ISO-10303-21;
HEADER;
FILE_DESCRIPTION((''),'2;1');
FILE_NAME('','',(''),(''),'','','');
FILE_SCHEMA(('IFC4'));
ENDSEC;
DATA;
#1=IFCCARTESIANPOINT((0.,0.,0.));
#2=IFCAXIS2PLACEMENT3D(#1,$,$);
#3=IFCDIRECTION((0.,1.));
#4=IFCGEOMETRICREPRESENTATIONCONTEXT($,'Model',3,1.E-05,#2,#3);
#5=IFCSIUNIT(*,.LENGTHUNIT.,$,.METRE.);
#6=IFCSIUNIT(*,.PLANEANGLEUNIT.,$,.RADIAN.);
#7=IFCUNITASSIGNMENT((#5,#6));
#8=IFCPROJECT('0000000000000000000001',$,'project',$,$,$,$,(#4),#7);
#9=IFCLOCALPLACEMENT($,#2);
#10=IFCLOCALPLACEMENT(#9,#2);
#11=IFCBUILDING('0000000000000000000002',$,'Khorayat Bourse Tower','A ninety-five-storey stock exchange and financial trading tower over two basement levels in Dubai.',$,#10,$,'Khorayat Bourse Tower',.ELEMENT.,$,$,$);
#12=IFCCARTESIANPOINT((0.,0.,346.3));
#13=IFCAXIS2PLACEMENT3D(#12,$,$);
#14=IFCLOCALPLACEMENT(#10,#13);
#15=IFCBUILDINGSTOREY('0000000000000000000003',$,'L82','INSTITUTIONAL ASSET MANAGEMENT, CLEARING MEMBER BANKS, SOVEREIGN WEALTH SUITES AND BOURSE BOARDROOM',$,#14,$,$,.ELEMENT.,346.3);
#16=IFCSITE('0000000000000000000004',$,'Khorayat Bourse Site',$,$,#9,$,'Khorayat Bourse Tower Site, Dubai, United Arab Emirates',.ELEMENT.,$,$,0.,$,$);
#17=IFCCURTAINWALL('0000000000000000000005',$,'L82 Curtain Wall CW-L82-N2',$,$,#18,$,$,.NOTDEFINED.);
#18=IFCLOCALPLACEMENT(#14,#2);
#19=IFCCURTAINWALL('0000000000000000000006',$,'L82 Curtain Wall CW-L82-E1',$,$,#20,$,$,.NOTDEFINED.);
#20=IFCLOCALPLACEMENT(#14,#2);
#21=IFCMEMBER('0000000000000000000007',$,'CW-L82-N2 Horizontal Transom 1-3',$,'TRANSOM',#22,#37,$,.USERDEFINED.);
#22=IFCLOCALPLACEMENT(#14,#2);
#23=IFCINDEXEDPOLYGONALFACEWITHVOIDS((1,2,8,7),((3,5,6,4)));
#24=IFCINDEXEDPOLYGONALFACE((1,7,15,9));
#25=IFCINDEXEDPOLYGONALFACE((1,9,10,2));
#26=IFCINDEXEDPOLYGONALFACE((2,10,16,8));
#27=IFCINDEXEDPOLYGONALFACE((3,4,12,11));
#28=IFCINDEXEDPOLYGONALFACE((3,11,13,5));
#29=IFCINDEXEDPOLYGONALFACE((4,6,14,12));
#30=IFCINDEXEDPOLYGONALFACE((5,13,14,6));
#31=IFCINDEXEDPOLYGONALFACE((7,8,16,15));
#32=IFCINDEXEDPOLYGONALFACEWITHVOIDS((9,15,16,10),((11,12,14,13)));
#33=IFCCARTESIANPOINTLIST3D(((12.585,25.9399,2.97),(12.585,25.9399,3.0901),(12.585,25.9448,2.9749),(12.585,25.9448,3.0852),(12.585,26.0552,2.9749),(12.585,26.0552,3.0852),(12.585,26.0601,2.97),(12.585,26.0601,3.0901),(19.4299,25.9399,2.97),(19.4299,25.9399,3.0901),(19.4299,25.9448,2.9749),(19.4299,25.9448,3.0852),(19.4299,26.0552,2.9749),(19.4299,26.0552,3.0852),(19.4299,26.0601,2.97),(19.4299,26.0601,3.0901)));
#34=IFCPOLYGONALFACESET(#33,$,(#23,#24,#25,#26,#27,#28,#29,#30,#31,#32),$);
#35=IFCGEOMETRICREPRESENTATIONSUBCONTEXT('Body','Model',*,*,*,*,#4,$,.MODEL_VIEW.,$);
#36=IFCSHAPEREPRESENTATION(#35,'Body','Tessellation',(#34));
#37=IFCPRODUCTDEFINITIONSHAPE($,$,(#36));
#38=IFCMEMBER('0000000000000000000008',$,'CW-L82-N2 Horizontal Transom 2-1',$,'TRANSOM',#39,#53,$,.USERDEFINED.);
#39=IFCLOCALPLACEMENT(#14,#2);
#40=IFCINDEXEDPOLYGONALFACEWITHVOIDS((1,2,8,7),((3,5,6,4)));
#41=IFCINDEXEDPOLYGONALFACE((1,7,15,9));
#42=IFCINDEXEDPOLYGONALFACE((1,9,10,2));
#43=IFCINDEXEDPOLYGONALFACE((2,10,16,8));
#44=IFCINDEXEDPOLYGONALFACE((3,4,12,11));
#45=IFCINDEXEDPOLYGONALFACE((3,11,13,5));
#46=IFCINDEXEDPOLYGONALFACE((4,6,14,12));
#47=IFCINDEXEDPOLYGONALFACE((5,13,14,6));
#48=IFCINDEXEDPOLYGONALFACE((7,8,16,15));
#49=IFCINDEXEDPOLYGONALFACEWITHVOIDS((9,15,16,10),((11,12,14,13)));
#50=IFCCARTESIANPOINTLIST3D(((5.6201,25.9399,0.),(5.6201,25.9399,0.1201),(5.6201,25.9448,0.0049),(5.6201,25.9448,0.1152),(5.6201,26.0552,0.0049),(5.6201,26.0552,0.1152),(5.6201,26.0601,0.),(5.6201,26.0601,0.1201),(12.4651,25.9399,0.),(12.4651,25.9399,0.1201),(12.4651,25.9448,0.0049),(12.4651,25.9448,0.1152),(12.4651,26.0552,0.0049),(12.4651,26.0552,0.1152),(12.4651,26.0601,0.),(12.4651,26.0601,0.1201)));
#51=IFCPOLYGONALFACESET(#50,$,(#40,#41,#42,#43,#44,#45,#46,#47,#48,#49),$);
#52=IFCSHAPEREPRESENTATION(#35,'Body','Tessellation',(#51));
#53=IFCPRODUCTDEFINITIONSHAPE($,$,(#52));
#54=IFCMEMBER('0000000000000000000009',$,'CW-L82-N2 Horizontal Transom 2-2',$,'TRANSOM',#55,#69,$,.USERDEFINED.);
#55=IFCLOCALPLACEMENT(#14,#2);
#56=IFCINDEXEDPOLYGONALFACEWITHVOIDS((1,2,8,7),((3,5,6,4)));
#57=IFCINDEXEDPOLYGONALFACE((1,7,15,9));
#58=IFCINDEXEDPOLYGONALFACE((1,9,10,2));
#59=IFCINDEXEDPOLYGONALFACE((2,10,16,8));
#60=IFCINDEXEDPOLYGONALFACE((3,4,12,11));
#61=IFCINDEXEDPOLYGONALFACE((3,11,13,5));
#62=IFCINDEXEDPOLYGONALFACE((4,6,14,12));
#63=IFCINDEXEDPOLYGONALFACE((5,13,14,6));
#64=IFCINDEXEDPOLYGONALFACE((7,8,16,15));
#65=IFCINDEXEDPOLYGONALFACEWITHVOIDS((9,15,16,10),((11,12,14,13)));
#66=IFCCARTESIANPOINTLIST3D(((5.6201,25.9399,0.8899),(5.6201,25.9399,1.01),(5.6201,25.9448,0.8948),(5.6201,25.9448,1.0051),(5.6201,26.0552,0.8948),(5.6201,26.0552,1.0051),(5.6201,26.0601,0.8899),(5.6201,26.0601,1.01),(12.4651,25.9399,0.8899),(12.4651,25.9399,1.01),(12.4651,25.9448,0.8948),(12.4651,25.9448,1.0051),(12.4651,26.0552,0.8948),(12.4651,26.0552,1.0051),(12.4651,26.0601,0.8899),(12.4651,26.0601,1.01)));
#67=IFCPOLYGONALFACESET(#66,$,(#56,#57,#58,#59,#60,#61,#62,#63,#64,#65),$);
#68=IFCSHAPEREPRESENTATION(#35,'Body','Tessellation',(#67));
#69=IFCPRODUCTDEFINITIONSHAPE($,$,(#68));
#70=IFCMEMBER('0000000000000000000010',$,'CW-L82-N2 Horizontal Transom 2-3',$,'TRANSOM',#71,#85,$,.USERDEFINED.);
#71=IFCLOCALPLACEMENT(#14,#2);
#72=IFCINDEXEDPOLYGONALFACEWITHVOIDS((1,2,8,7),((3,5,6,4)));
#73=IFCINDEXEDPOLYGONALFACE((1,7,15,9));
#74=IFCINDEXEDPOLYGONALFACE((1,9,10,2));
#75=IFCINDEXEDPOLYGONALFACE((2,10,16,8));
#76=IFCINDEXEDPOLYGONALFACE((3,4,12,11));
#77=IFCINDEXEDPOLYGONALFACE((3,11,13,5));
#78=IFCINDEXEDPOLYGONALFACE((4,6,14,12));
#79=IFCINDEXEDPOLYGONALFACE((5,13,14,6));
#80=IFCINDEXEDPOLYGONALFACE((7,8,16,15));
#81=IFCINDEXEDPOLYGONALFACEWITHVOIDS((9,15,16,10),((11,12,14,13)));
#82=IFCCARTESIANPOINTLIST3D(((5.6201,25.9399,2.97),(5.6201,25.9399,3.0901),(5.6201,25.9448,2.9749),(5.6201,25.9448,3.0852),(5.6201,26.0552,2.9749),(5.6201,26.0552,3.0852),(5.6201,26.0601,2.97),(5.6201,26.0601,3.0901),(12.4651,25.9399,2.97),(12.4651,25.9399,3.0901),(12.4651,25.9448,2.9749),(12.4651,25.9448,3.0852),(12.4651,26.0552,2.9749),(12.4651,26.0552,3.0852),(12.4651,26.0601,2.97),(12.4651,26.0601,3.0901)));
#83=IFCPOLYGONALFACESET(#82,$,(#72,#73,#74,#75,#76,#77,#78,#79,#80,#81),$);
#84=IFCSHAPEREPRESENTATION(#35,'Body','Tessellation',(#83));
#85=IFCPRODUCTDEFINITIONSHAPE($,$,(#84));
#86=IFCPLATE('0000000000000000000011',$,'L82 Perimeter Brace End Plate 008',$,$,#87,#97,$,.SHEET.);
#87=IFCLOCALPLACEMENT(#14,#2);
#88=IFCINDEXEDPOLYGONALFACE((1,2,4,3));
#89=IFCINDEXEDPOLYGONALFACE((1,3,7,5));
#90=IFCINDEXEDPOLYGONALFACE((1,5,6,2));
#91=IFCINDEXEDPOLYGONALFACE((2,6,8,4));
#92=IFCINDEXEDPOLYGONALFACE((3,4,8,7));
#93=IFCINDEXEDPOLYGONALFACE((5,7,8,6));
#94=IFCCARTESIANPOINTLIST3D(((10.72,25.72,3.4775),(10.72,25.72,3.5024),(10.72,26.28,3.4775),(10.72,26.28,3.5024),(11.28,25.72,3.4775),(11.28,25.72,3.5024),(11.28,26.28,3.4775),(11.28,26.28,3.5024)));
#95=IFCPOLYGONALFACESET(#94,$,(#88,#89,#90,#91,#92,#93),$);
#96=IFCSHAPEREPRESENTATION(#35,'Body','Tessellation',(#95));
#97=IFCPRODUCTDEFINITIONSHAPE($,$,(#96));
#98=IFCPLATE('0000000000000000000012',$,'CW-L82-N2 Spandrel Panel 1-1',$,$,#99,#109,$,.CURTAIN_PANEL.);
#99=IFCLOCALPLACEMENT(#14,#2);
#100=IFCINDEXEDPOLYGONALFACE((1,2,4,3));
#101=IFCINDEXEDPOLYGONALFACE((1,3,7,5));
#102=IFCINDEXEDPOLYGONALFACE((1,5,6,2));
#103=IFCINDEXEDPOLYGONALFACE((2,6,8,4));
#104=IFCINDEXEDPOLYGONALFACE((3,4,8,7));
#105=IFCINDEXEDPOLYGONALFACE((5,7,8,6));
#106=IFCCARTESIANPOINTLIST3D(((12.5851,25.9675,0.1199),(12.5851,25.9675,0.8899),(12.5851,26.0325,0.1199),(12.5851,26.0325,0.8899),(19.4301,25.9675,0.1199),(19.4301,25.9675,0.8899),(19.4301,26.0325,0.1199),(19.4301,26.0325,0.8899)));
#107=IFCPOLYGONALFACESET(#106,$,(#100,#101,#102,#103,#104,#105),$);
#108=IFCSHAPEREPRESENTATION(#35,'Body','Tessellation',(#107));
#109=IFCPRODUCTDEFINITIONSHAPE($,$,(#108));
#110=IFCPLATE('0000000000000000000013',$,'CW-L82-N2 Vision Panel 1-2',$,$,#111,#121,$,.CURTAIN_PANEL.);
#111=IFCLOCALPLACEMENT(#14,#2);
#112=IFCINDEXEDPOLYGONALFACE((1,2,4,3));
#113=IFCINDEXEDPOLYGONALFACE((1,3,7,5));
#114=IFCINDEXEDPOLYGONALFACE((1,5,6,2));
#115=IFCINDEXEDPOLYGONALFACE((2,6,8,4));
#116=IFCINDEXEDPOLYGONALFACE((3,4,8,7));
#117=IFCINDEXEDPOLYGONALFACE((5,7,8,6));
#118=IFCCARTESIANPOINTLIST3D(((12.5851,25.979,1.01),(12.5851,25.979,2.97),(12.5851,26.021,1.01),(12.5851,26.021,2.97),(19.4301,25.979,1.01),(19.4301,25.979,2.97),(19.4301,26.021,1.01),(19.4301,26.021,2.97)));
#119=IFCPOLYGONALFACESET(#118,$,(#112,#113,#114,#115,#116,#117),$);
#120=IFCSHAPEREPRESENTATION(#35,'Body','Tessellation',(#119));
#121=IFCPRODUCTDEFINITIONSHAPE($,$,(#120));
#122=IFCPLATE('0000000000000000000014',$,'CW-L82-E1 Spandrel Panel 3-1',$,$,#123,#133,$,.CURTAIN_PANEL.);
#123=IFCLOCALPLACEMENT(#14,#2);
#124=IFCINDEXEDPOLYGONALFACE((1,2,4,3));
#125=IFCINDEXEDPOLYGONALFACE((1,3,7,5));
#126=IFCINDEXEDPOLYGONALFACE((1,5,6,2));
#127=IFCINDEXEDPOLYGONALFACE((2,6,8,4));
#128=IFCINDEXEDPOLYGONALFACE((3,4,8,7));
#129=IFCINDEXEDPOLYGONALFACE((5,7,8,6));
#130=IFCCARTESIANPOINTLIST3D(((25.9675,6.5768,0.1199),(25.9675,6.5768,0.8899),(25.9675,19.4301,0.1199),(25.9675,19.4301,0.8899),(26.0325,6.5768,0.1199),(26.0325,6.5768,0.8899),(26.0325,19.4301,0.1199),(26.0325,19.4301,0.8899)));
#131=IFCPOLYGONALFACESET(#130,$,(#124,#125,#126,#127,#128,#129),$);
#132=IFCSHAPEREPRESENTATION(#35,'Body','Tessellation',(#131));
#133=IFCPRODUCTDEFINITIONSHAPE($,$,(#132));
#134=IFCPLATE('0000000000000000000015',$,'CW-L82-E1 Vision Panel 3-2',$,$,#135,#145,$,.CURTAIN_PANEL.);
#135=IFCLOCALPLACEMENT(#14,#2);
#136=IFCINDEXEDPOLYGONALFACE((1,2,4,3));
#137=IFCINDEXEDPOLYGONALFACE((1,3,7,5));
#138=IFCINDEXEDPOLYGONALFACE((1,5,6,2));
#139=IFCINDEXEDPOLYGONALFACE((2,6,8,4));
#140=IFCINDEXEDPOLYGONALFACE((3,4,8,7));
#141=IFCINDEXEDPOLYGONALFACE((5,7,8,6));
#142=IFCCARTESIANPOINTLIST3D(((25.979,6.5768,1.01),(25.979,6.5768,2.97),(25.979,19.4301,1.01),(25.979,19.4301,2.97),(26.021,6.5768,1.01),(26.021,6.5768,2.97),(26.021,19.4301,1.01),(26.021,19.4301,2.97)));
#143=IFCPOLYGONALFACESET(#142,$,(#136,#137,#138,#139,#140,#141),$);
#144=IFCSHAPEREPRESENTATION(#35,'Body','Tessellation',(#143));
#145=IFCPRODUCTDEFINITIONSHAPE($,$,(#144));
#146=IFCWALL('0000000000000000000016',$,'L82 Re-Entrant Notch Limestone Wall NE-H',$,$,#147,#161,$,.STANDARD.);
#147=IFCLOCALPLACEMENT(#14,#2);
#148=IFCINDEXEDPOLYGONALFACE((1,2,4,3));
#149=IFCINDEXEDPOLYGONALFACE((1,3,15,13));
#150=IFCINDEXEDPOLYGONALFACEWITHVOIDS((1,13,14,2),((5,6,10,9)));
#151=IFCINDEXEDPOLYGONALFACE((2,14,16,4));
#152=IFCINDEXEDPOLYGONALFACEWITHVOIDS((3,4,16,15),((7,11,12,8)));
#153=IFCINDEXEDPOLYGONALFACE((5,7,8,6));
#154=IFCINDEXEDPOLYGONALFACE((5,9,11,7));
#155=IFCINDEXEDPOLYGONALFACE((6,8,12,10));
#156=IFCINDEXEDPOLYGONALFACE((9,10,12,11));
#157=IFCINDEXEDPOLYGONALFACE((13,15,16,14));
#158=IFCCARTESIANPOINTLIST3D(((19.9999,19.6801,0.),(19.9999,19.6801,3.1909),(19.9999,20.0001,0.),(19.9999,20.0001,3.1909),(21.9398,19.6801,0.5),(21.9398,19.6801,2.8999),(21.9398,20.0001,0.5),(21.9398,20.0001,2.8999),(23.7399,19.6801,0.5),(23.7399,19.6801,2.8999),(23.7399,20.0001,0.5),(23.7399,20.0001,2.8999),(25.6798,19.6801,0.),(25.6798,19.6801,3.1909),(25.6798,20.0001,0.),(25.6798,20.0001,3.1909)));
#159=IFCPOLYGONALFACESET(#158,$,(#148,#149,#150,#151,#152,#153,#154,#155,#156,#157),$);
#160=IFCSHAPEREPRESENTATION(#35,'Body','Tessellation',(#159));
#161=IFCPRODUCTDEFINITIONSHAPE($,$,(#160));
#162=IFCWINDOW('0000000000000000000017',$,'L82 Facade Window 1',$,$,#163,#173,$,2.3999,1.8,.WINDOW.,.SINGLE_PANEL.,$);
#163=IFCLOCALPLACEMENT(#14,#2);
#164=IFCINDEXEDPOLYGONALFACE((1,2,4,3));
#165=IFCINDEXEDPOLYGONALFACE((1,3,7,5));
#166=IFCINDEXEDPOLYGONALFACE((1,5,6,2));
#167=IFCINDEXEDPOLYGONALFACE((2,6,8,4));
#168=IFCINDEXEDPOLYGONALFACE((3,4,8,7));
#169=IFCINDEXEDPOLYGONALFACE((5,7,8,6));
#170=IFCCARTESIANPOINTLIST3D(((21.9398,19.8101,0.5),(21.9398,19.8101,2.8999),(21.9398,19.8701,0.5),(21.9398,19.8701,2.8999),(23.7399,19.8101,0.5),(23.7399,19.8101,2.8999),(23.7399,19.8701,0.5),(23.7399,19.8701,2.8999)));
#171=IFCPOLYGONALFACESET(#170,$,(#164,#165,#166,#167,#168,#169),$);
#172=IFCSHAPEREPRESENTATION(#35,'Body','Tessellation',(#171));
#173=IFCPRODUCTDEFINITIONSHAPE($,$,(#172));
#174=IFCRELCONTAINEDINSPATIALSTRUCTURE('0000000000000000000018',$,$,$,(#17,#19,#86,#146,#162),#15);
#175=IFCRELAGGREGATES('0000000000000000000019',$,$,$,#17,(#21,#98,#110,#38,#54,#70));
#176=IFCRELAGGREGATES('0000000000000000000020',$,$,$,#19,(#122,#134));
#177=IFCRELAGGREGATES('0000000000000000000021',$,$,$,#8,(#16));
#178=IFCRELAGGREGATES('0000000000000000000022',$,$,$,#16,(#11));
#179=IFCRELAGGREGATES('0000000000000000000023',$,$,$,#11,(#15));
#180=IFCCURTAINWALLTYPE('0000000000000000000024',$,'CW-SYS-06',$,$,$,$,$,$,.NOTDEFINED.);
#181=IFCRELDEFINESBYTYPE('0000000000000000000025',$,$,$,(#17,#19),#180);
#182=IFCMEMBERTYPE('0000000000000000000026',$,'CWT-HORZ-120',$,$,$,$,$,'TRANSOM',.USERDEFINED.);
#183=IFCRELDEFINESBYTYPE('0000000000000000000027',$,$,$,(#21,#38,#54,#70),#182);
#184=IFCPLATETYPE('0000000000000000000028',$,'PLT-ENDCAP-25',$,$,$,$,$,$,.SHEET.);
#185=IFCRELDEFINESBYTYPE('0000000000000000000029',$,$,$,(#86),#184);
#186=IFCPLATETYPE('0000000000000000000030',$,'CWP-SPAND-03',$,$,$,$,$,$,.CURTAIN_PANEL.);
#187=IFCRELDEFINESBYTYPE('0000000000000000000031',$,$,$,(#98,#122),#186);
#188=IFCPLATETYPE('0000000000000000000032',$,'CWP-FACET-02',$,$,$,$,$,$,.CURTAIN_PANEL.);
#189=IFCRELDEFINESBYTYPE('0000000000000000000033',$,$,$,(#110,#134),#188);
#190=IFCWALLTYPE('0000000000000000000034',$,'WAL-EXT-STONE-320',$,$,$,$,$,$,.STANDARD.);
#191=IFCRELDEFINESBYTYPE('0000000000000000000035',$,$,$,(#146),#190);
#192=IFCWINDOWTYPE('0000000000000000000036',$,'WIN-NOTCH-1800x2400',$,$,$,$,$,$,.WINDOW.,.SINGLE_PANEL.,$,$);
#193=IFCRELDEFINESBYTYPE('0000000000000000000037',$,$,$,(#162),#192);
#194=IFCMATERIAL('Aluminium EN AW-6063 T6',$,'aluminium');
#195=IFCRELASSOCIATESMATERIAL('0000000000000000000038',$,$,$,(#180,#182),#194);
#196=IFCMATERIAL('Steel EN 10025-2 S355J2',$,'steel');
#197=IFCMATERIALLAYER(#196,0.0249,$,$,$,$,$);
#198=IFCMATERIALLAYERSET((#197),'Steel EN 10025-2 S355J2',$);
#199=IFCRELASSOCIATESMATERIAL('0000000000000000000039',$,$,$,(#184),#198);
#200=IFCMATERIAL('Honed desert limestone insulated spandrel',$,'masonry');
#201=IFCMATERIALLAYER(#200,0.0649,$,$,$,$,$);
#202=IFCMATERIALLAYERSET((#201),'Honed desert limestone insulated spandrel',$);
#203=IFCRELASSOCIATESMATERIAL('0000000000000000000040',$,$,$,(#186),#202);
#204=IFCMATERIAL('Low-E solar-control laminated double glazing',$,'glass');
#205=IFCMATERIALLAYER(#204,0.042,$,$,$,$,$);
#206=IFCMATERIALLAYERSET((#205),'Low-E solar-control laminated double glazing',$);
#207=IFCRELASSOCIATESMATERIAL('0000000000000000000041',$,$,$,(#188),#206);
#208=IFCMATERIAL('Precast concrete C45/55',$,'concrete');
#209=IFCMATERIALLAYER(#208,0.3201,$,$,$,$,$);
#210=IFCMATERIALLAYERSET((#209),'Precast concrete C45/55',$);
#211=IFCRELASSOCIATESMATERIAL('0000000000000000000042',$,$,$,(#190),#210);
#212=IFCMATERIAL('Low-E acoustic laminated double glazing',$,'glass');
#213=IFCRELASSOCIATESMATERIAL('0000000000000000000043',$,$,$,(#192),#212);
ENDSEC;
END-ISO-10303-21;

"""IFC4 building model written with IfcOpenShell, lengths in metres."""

from ifc_helpers import new_model, si_unit, direction, frame, frame_2d, origin, origin_2d, place, context, subcontext, project, spatial, rectangle, hollow_rectangle, extrude, source, transform, mapped, material, layer, layer_set, material_profile, profile_set, type_object, element, fill, aggregate, save


model = new_model("IFC4")

# Units and contexts
model_context = context("Model", 3, precision=1e-05, world=origin(), true_north=direction((0.0, 1.0)))
body_context = subcontext(model_context, "Body", "Model", "MODEL_VIEW")
ifc_project = project(units=[si_unit("LENGTHUNIT", "METRE"), si_unit("PLANEANGLEUNIT", "RADIAN")], contexts=[model_context])

# Site, building, storey
site_placement = place(None, origin())
site = spatial("IfcSite", under=ifc_project, at=site_placement, Name="Khorayat Bourse Site", LongName="Khorayat Bourse Tower Site, Dubai, United Arab Emirates", CompositionType="ELEMENT", RefElevation=0.0)
building_placement = place(site_placement, origin())
building = spatial("IfcBuilding", under=site, at=building_placement, Name="Khorayat Bourse Tower", Description="A ninety-five-storey stock exchange and financial trading tower over two basement levels in Dubai.", LongName="Khorayat Bourse Tower", CompositionType="ELEMENT")
storey_placement = place(building_placement, frame((0.0, 0.0, 346.3)))
storey = spatial("IfcBuildingStorey", under=building, at=storey_placement, Name="L82", Description="INSTITUTIONAL ASSET MANAGEMENT, CLEARING MEMBER BANKS, SOVEREIGN WEALTH SUITES AND BOURSE BOARDROOM", CompositionType="ELEMENT", Elevation=346.3)

# Shared definitions
ifc_material_1 = material(Name="Steel EN 10025-2 S355J2", Category="steel")

# Curtain wall
ifc_material_2 = material(Name="Aluminium EN AW-6063 T6", Category="aluminium")
curtain_wall_type = type_object("IfcCurtainWallType", Name="CW-SYS-06", PredefinedType="NOTDEFINED", material=ifc_material_2)
curtain_wall_1_placement = place(storey_placement, origin())
curtain_wall_1 = element("IfcCurtainWall", 1, at=curtain_wall_1_placement, inside=storey, type_object=curtain_wall_type, Name="L82 Curtain Wall CW-L82-N2", PredefinedType="NOTDEFINED")

# Curtain wall
curtain_wall_2_placement = place(storey_placement, origin())
curtain_wall_2 = element("IfcCurtainWall", 2, at=curtain_wall_2_placement, inside=storey, type_object=curtain_wall_type, Name="L82 Curtain Wall CW-L82-E1", PredefinedType="NOTDEFINED")

# Members
ifc_material_profile_1 = material_profile(ifc_material_2, hollow_rectangle(XDim=0.1201, YDim=0.1201, WallThickness=0.0049, at=origin_2d()), Name="ALU 120x120x5")
ifc_profile_set_1 = profile_set([ifc_material_profile_1], Name="Aluminium EN AW-6063 T6")
member_type_1 = type_object("IfcMemberType", Name="CWT-HORZ-120", ElementType="TRANSOM", PredefinedType="USERDEFINED", material=ifc_profile_set_1)
shared_shape_1 = source(origin(), body_context, "Body", "SweptSolid", [
    extrude(hollow_rectangle(XDim=0.1201, YDim=0.1201, WallThickness=0.0049, at=origin_2d()), origin(), (0.0, 0.0, 1.0), 6.845),
])
member_1_placement = place(storey_placement, frame((19.4299, 26.0, 3.03), z_axis=(-1.0, 0.0, 0.0), x_axis=(0.0, -1.0, 0.0)))
member_1 = element("IfcMember", 3, at=member_1_placement, type_object=member_type_1, Name="CW-L82-N2 Horizontal Transom 1-3", ObjectType="TRANSOM", PredefinedType="USERDEFINED", context=body_context, shape_type="MappedRepresentation", body=[
    mapped(shared_shape_1, transform((0.0, 0.0, 0.0), scale=1.0)),
])
member_2_placement = place(storey_placement, frame((12.4651, 26.0, 0.0601), z_axis=(-1.0, 0.0, 0.0), x_axis=(0.0, -1.0, 0.0)))
member_2 = element("IfcMember", 4, at=member_2_placement, type_object=member_type_1, Name="CW-L82-N2 Horizontal Transom 2-1", ObjectType="TRANSOM", PredefinedType="USERDEFINED", context=body_context, shape_type="MappedRepresentation", body=[
    mapped(shared_shape_1, transform((0.0, 0.0, 0.0), scale=1.0)),
])
member_3_placement = place(storey_placement, frame((12.4651, 26.0, 0.95), z_axis=(-1.0, 0.0, 0.0), x_axis=(0.0, -1.0, 0.0)))
member_3 = element("IfcMember", 5, at=member_3_placement, type_object=member_type_1, Name="CW-L82-N2 Horizontal Transom 2-2", ObjectType="TRANSOM", PredefinedType="USERDEFINED", context=body_context, shape_type="MappedRepresentation", body=[
    mapped(shared_shape_1, transform((0.0, 0.0, 0.0), scale=1.0)),
])
member_4_placement = place(storey_placement, frame((12.4651, 26.0, 3.03), z_axis=(-1.0, 0.0, 0.0), x_axis=(0.0, -1.0, 0.0)))
member_4 = element("IfcMember", 6, at=member_4_placement, type_object=member_type_1, Name="CW-L82-N2 Horizontal Transom 2-3", ObjectType="TRANSOM", PredefinedType="USERDEFINED", context=body_context, shape_type="MappedRepresentation", body=[
    mapped(shared_shape_1, transform((0.0, 0.0, 0.0), scale=1.0)),
])

# Plates
ifc_layer_1 = layer(ifc_material_1, 0.0249)
ifc_layer_set_1 = layer_set([ifc_layer_1], Name="Steel EN 10025-2 S355J2")
plate_type_1 = type_object("IfcPlateType", Name="PLT-ENDCAP-25", PredefinedType="SHEET", material=ifc_layer_set_1)
shared_shape_2 = source(origin(), body_context, "Body", "SweptSolid", [
    extrude(rectangle(XDim=0.5601, YDim=0.5601, at=origin_2d()), origin(), (0.0, 0.0, 1.0), 0.0249),
])
plate_1_placement = place(storey_placement, frame((11.0, 26.0, 3.4775), z_axis=(0.0, 0.0, 1.0), x_axis=(1.0, 0.0, 0.0)))
element("IfcPlate", 7, at=plate_1_placement, inside=storey, type_object=plate_type_1, Name="L82 Perimeter Brace End Plate 008", PredefinedType="SHEET", context=body_context, shape_type="MappedRepresentation", body=[
    mapped(shared_shape_2, transform((0.0, 0.0, 0.0), scale=1.0)),
])
ifc_material_3 = material(Name="Honed desert limestone insulated spandrel", Category="masonry")
ifc_layer_2 = layer(ifc_material_3, 0.0649)
ifc_layer_set_2 = layer_set([ifc_layer_2], Name="Honed desert limestone insulated spandrel")
plate_type_2 = type_object("IfcPlateType", Name="CWP-SPAND-03", PredefinedType="CURTAIN_PANEL", material=ifc_layer_set_2)
shared_shape_3 = source(origin(), body_context, "Body", "SweptSolid", [
    extrude(rectangle(XDim=6.845, YDim=0.0649, at=origin_2d()), origin(), (0.0, 0.0, 1.0), 0.77),
])
plate_2_placement = place(storey_placement, frame((16.0076, 26.0, 0.1199), z_axis=(0.0, 0.0, 1.0), x_axis=(-1.0, 0.0, 0.0)))
plate_2 = element("IfcPlate", 8, at=plate_2_placement, type_object=plate_type_2, Name="CW-L82-N2 Spandrel Panel 1-1", PredefinedType="CURTAIN_PANEL", context=body_context, shape_type="MappedRepresentation", body=[
    mapped(shared_shape_3, transform((0.0, 0.0, 0.0), scale=1.0)),
])
ifc_material_4 = material(Name="Low-E solar-control laminated double glazing", Category="glass")
ifc_layer_3 = layer(ifc_material_4, 0.042)
ifc_layer_set_3 = layer_set([ifc_layer_3], Name="Low-E solar-control laminated double glazing")
plate_type_3 = type_object("IfcPlateType", Name="CWP-FACET-02", PredefinedType="CURTAIN_PANEL", material=ifc_layer_set_3)
shared_shape_4 = source(origin(), body_context, "Body", "SweptSolid", [
    extrude(rectangle(XDim=6.845, YDim=0.042, at=origin_2d()), origin(), (0.0, 0.0, 1.0), 1.96),
])
plate_3_placement = place(storey_placement, frame((16.0076, 26.0, 1.01), z_axis=(0.0, 0.0, 1.0), x_axis=(-1.0, 0.0, 0.0)))
plate_3 = element("IfcPlate", 9, at=plate_3_placement, type_object=plate_type_3, Name="CW-L82-N2 Vision Panel 1-2", PredefinedType="CURTAIN_PANEL", context=body_context, shape_type="MappedRepresentation", body=[
    mapped(shared_shape_4, transform((0.0, 0.0, 0.0), scale=1.0)),
])
aggregate(curtain_wall_1, [member_1, plate_2, plate_3, member_2, member_3, member_4])
shared_shape_5 = source(origin(), body_context, "Body", "SweptSolid", [
    extrude(rectangle(XDim=12.8533, YDim=0.0649, at=origin_2d()), origin(), (0.0, 0.0, 1.0), 0.77),
])
plate_4_placement = place(storey_placement, frame((26.0, 13.0034, 0.1199), z_axis=(0.0, 0.0, 1.0), x_axis=(0.0, 1.0, 0.0)))
plate_4 = element("IfcPlate", 10, at=plate_4_placement, type_object=plate_type_2, Name="CW-L82-E1 Spandrel Panel 3-1", PredefinedType="CURTAIN_PANEL", context=body_context, shape_type="MappedRepresentation", body=[
    mapped(shared_shape_5, transform((0.0, 0.0, 0.0), scale=1.0)),
])
shared_shape_6 = source(origin(), body_context, "Body", "SweptSolid", [
    extrude(rectangle(XDim=12.8533, YDim=0.042, at=origin_2d()), origin(), (0.0, 0.0, 1.0), 1.96),
])
plate_5_placement = place(storey_placement, frame((26.0, 13.0034, 1.01), z_axis=(0.0, 0.0, 1.0), x_axis=(0.0, 1.0, 0.0)))
plate_5 = element("IfcPlate", 11, at=plate_5_placement, type_object=plate_type_3, Name="CW-L82-E1 Vision Panel 3-2", PredefinedType="CURTAIN_PANEL", context=body_context, shape_type="MappedRepresentation", body=[
    mapped(shared_shape_6, transform((0.0, 0.0, 0.0), scale=1.0)),
])
aggregate(curtain_wall_2, [plate_4, plate_5])

# Wall, opening, window
ifc_material_5 = material(Name="Precast concrete C45/55", Category="concrete")
ifc_layer_4 = layer(ifc_material_5, 0.3201)
ifc_layer_set_4 = layer_set([ifc_layer_4], Name="Precast concrete C45/55")
wall_type = type_object("IfcWallType", Name="WAL-EXT-STONE-320", PredefinedType="STANDARD", material=ifc_layer_set_4)
shared_shape_7 = source(origin(), body_context, "Body", "SweptSolid", [
    extrude(rectangle(XDim=5.6799, YDim=0.3201, at=frame_2d((2.8398, 0.0))), origin(), (0.0, 0.0, 1.0), 3.1909),
])
wall_1_placement = place(storey_placement, frame((20.0, 19.8401, 0.0), z_axis=(0.0, 0.0, 1.0), x_axis=(1.0, 0.0, 0.0)))
wall_1 = element("IfcWall", 12, at=wall_1_placement, inside=storey, type_object=wall_type, Name="L82 Re-Entrant Notch Limestone Wall NE-H", PredefinedType="STANDARD", context=body_context, shape_type="MappedRepresentation", body=[
    mapped(shared_shape_7, transform((0.0, 0.0, 0.0), scale=1.0)),
])
shared_shape_8 = source(origin(), body_context, "Body", "SweptSolid", [
    extrude(rectangle(XDim=1.8, YDim=2.3999, at=frame_2d((0.8999, 1.2))), frame((0.0, 0.1699, 0.0), z_axis=(0.0, -1.0, 0.0), x_axis=(1.0, 0.0, 0.0)), (0.0, 0.0, 1.0), 0.3401),
])
opening_1_placement = place(wall_1_placement, frame((1.9399, 0.0, 0.5)))
opening_1 = element("IfcOpeningElement", 13, at=opening_1_placement, cuts=wall_1, PredefinedType="OPENING", context=body_context, shape_type="MappedRepresentation", body=[
    mapped(shared_shape_8, transform((0.0, 0.0, 0.0), scale=1.0)),
])
ifc_material_6 = material(Name="Low-E acoustic laminated double glazing", Category="glass")
window_type = type_object("IfcWindowType", Name="WIN-NOTCH-1800x2400", PartitioningType="SINGLE_PANEL", PredefinedType="WINDOW", material=ifc_material_6)
shared_shape_9 = source(origin(), body_context, "Body", "SweptSolid", [
    extrude(rectangle(XDim=1.8, YDim=2.3999, at=frame_2d((0.8999, 1.2))), frame((0.0, 0.03, 0.0), z_axis=(0.0, -1.0, 0.0), x_axis=(1.0, 0.0, 0.0)), (0.0, 0.0, 1.0), 0.0601),
])
window_1_placement = place(opening_1_placement, origin())
window_1 = element("IfcWindow", 14, at=window_1_placement, inside=storey, type_object=window_type, Name="L82 Facade Window 1", OverallHeight=2.3999, OverallWidth=1.8, PartitioningType="SINGLE_PANEL", PredefinedType="WINDOW", context=body_context, shape_type="MappedRepresentation", body=[
    mapped(shared_shape_9, transform((0.0, 0.0, 0.0), scale=1.0)),
])
fill(opening_1, window_1)

save(model, "model.ifc")
